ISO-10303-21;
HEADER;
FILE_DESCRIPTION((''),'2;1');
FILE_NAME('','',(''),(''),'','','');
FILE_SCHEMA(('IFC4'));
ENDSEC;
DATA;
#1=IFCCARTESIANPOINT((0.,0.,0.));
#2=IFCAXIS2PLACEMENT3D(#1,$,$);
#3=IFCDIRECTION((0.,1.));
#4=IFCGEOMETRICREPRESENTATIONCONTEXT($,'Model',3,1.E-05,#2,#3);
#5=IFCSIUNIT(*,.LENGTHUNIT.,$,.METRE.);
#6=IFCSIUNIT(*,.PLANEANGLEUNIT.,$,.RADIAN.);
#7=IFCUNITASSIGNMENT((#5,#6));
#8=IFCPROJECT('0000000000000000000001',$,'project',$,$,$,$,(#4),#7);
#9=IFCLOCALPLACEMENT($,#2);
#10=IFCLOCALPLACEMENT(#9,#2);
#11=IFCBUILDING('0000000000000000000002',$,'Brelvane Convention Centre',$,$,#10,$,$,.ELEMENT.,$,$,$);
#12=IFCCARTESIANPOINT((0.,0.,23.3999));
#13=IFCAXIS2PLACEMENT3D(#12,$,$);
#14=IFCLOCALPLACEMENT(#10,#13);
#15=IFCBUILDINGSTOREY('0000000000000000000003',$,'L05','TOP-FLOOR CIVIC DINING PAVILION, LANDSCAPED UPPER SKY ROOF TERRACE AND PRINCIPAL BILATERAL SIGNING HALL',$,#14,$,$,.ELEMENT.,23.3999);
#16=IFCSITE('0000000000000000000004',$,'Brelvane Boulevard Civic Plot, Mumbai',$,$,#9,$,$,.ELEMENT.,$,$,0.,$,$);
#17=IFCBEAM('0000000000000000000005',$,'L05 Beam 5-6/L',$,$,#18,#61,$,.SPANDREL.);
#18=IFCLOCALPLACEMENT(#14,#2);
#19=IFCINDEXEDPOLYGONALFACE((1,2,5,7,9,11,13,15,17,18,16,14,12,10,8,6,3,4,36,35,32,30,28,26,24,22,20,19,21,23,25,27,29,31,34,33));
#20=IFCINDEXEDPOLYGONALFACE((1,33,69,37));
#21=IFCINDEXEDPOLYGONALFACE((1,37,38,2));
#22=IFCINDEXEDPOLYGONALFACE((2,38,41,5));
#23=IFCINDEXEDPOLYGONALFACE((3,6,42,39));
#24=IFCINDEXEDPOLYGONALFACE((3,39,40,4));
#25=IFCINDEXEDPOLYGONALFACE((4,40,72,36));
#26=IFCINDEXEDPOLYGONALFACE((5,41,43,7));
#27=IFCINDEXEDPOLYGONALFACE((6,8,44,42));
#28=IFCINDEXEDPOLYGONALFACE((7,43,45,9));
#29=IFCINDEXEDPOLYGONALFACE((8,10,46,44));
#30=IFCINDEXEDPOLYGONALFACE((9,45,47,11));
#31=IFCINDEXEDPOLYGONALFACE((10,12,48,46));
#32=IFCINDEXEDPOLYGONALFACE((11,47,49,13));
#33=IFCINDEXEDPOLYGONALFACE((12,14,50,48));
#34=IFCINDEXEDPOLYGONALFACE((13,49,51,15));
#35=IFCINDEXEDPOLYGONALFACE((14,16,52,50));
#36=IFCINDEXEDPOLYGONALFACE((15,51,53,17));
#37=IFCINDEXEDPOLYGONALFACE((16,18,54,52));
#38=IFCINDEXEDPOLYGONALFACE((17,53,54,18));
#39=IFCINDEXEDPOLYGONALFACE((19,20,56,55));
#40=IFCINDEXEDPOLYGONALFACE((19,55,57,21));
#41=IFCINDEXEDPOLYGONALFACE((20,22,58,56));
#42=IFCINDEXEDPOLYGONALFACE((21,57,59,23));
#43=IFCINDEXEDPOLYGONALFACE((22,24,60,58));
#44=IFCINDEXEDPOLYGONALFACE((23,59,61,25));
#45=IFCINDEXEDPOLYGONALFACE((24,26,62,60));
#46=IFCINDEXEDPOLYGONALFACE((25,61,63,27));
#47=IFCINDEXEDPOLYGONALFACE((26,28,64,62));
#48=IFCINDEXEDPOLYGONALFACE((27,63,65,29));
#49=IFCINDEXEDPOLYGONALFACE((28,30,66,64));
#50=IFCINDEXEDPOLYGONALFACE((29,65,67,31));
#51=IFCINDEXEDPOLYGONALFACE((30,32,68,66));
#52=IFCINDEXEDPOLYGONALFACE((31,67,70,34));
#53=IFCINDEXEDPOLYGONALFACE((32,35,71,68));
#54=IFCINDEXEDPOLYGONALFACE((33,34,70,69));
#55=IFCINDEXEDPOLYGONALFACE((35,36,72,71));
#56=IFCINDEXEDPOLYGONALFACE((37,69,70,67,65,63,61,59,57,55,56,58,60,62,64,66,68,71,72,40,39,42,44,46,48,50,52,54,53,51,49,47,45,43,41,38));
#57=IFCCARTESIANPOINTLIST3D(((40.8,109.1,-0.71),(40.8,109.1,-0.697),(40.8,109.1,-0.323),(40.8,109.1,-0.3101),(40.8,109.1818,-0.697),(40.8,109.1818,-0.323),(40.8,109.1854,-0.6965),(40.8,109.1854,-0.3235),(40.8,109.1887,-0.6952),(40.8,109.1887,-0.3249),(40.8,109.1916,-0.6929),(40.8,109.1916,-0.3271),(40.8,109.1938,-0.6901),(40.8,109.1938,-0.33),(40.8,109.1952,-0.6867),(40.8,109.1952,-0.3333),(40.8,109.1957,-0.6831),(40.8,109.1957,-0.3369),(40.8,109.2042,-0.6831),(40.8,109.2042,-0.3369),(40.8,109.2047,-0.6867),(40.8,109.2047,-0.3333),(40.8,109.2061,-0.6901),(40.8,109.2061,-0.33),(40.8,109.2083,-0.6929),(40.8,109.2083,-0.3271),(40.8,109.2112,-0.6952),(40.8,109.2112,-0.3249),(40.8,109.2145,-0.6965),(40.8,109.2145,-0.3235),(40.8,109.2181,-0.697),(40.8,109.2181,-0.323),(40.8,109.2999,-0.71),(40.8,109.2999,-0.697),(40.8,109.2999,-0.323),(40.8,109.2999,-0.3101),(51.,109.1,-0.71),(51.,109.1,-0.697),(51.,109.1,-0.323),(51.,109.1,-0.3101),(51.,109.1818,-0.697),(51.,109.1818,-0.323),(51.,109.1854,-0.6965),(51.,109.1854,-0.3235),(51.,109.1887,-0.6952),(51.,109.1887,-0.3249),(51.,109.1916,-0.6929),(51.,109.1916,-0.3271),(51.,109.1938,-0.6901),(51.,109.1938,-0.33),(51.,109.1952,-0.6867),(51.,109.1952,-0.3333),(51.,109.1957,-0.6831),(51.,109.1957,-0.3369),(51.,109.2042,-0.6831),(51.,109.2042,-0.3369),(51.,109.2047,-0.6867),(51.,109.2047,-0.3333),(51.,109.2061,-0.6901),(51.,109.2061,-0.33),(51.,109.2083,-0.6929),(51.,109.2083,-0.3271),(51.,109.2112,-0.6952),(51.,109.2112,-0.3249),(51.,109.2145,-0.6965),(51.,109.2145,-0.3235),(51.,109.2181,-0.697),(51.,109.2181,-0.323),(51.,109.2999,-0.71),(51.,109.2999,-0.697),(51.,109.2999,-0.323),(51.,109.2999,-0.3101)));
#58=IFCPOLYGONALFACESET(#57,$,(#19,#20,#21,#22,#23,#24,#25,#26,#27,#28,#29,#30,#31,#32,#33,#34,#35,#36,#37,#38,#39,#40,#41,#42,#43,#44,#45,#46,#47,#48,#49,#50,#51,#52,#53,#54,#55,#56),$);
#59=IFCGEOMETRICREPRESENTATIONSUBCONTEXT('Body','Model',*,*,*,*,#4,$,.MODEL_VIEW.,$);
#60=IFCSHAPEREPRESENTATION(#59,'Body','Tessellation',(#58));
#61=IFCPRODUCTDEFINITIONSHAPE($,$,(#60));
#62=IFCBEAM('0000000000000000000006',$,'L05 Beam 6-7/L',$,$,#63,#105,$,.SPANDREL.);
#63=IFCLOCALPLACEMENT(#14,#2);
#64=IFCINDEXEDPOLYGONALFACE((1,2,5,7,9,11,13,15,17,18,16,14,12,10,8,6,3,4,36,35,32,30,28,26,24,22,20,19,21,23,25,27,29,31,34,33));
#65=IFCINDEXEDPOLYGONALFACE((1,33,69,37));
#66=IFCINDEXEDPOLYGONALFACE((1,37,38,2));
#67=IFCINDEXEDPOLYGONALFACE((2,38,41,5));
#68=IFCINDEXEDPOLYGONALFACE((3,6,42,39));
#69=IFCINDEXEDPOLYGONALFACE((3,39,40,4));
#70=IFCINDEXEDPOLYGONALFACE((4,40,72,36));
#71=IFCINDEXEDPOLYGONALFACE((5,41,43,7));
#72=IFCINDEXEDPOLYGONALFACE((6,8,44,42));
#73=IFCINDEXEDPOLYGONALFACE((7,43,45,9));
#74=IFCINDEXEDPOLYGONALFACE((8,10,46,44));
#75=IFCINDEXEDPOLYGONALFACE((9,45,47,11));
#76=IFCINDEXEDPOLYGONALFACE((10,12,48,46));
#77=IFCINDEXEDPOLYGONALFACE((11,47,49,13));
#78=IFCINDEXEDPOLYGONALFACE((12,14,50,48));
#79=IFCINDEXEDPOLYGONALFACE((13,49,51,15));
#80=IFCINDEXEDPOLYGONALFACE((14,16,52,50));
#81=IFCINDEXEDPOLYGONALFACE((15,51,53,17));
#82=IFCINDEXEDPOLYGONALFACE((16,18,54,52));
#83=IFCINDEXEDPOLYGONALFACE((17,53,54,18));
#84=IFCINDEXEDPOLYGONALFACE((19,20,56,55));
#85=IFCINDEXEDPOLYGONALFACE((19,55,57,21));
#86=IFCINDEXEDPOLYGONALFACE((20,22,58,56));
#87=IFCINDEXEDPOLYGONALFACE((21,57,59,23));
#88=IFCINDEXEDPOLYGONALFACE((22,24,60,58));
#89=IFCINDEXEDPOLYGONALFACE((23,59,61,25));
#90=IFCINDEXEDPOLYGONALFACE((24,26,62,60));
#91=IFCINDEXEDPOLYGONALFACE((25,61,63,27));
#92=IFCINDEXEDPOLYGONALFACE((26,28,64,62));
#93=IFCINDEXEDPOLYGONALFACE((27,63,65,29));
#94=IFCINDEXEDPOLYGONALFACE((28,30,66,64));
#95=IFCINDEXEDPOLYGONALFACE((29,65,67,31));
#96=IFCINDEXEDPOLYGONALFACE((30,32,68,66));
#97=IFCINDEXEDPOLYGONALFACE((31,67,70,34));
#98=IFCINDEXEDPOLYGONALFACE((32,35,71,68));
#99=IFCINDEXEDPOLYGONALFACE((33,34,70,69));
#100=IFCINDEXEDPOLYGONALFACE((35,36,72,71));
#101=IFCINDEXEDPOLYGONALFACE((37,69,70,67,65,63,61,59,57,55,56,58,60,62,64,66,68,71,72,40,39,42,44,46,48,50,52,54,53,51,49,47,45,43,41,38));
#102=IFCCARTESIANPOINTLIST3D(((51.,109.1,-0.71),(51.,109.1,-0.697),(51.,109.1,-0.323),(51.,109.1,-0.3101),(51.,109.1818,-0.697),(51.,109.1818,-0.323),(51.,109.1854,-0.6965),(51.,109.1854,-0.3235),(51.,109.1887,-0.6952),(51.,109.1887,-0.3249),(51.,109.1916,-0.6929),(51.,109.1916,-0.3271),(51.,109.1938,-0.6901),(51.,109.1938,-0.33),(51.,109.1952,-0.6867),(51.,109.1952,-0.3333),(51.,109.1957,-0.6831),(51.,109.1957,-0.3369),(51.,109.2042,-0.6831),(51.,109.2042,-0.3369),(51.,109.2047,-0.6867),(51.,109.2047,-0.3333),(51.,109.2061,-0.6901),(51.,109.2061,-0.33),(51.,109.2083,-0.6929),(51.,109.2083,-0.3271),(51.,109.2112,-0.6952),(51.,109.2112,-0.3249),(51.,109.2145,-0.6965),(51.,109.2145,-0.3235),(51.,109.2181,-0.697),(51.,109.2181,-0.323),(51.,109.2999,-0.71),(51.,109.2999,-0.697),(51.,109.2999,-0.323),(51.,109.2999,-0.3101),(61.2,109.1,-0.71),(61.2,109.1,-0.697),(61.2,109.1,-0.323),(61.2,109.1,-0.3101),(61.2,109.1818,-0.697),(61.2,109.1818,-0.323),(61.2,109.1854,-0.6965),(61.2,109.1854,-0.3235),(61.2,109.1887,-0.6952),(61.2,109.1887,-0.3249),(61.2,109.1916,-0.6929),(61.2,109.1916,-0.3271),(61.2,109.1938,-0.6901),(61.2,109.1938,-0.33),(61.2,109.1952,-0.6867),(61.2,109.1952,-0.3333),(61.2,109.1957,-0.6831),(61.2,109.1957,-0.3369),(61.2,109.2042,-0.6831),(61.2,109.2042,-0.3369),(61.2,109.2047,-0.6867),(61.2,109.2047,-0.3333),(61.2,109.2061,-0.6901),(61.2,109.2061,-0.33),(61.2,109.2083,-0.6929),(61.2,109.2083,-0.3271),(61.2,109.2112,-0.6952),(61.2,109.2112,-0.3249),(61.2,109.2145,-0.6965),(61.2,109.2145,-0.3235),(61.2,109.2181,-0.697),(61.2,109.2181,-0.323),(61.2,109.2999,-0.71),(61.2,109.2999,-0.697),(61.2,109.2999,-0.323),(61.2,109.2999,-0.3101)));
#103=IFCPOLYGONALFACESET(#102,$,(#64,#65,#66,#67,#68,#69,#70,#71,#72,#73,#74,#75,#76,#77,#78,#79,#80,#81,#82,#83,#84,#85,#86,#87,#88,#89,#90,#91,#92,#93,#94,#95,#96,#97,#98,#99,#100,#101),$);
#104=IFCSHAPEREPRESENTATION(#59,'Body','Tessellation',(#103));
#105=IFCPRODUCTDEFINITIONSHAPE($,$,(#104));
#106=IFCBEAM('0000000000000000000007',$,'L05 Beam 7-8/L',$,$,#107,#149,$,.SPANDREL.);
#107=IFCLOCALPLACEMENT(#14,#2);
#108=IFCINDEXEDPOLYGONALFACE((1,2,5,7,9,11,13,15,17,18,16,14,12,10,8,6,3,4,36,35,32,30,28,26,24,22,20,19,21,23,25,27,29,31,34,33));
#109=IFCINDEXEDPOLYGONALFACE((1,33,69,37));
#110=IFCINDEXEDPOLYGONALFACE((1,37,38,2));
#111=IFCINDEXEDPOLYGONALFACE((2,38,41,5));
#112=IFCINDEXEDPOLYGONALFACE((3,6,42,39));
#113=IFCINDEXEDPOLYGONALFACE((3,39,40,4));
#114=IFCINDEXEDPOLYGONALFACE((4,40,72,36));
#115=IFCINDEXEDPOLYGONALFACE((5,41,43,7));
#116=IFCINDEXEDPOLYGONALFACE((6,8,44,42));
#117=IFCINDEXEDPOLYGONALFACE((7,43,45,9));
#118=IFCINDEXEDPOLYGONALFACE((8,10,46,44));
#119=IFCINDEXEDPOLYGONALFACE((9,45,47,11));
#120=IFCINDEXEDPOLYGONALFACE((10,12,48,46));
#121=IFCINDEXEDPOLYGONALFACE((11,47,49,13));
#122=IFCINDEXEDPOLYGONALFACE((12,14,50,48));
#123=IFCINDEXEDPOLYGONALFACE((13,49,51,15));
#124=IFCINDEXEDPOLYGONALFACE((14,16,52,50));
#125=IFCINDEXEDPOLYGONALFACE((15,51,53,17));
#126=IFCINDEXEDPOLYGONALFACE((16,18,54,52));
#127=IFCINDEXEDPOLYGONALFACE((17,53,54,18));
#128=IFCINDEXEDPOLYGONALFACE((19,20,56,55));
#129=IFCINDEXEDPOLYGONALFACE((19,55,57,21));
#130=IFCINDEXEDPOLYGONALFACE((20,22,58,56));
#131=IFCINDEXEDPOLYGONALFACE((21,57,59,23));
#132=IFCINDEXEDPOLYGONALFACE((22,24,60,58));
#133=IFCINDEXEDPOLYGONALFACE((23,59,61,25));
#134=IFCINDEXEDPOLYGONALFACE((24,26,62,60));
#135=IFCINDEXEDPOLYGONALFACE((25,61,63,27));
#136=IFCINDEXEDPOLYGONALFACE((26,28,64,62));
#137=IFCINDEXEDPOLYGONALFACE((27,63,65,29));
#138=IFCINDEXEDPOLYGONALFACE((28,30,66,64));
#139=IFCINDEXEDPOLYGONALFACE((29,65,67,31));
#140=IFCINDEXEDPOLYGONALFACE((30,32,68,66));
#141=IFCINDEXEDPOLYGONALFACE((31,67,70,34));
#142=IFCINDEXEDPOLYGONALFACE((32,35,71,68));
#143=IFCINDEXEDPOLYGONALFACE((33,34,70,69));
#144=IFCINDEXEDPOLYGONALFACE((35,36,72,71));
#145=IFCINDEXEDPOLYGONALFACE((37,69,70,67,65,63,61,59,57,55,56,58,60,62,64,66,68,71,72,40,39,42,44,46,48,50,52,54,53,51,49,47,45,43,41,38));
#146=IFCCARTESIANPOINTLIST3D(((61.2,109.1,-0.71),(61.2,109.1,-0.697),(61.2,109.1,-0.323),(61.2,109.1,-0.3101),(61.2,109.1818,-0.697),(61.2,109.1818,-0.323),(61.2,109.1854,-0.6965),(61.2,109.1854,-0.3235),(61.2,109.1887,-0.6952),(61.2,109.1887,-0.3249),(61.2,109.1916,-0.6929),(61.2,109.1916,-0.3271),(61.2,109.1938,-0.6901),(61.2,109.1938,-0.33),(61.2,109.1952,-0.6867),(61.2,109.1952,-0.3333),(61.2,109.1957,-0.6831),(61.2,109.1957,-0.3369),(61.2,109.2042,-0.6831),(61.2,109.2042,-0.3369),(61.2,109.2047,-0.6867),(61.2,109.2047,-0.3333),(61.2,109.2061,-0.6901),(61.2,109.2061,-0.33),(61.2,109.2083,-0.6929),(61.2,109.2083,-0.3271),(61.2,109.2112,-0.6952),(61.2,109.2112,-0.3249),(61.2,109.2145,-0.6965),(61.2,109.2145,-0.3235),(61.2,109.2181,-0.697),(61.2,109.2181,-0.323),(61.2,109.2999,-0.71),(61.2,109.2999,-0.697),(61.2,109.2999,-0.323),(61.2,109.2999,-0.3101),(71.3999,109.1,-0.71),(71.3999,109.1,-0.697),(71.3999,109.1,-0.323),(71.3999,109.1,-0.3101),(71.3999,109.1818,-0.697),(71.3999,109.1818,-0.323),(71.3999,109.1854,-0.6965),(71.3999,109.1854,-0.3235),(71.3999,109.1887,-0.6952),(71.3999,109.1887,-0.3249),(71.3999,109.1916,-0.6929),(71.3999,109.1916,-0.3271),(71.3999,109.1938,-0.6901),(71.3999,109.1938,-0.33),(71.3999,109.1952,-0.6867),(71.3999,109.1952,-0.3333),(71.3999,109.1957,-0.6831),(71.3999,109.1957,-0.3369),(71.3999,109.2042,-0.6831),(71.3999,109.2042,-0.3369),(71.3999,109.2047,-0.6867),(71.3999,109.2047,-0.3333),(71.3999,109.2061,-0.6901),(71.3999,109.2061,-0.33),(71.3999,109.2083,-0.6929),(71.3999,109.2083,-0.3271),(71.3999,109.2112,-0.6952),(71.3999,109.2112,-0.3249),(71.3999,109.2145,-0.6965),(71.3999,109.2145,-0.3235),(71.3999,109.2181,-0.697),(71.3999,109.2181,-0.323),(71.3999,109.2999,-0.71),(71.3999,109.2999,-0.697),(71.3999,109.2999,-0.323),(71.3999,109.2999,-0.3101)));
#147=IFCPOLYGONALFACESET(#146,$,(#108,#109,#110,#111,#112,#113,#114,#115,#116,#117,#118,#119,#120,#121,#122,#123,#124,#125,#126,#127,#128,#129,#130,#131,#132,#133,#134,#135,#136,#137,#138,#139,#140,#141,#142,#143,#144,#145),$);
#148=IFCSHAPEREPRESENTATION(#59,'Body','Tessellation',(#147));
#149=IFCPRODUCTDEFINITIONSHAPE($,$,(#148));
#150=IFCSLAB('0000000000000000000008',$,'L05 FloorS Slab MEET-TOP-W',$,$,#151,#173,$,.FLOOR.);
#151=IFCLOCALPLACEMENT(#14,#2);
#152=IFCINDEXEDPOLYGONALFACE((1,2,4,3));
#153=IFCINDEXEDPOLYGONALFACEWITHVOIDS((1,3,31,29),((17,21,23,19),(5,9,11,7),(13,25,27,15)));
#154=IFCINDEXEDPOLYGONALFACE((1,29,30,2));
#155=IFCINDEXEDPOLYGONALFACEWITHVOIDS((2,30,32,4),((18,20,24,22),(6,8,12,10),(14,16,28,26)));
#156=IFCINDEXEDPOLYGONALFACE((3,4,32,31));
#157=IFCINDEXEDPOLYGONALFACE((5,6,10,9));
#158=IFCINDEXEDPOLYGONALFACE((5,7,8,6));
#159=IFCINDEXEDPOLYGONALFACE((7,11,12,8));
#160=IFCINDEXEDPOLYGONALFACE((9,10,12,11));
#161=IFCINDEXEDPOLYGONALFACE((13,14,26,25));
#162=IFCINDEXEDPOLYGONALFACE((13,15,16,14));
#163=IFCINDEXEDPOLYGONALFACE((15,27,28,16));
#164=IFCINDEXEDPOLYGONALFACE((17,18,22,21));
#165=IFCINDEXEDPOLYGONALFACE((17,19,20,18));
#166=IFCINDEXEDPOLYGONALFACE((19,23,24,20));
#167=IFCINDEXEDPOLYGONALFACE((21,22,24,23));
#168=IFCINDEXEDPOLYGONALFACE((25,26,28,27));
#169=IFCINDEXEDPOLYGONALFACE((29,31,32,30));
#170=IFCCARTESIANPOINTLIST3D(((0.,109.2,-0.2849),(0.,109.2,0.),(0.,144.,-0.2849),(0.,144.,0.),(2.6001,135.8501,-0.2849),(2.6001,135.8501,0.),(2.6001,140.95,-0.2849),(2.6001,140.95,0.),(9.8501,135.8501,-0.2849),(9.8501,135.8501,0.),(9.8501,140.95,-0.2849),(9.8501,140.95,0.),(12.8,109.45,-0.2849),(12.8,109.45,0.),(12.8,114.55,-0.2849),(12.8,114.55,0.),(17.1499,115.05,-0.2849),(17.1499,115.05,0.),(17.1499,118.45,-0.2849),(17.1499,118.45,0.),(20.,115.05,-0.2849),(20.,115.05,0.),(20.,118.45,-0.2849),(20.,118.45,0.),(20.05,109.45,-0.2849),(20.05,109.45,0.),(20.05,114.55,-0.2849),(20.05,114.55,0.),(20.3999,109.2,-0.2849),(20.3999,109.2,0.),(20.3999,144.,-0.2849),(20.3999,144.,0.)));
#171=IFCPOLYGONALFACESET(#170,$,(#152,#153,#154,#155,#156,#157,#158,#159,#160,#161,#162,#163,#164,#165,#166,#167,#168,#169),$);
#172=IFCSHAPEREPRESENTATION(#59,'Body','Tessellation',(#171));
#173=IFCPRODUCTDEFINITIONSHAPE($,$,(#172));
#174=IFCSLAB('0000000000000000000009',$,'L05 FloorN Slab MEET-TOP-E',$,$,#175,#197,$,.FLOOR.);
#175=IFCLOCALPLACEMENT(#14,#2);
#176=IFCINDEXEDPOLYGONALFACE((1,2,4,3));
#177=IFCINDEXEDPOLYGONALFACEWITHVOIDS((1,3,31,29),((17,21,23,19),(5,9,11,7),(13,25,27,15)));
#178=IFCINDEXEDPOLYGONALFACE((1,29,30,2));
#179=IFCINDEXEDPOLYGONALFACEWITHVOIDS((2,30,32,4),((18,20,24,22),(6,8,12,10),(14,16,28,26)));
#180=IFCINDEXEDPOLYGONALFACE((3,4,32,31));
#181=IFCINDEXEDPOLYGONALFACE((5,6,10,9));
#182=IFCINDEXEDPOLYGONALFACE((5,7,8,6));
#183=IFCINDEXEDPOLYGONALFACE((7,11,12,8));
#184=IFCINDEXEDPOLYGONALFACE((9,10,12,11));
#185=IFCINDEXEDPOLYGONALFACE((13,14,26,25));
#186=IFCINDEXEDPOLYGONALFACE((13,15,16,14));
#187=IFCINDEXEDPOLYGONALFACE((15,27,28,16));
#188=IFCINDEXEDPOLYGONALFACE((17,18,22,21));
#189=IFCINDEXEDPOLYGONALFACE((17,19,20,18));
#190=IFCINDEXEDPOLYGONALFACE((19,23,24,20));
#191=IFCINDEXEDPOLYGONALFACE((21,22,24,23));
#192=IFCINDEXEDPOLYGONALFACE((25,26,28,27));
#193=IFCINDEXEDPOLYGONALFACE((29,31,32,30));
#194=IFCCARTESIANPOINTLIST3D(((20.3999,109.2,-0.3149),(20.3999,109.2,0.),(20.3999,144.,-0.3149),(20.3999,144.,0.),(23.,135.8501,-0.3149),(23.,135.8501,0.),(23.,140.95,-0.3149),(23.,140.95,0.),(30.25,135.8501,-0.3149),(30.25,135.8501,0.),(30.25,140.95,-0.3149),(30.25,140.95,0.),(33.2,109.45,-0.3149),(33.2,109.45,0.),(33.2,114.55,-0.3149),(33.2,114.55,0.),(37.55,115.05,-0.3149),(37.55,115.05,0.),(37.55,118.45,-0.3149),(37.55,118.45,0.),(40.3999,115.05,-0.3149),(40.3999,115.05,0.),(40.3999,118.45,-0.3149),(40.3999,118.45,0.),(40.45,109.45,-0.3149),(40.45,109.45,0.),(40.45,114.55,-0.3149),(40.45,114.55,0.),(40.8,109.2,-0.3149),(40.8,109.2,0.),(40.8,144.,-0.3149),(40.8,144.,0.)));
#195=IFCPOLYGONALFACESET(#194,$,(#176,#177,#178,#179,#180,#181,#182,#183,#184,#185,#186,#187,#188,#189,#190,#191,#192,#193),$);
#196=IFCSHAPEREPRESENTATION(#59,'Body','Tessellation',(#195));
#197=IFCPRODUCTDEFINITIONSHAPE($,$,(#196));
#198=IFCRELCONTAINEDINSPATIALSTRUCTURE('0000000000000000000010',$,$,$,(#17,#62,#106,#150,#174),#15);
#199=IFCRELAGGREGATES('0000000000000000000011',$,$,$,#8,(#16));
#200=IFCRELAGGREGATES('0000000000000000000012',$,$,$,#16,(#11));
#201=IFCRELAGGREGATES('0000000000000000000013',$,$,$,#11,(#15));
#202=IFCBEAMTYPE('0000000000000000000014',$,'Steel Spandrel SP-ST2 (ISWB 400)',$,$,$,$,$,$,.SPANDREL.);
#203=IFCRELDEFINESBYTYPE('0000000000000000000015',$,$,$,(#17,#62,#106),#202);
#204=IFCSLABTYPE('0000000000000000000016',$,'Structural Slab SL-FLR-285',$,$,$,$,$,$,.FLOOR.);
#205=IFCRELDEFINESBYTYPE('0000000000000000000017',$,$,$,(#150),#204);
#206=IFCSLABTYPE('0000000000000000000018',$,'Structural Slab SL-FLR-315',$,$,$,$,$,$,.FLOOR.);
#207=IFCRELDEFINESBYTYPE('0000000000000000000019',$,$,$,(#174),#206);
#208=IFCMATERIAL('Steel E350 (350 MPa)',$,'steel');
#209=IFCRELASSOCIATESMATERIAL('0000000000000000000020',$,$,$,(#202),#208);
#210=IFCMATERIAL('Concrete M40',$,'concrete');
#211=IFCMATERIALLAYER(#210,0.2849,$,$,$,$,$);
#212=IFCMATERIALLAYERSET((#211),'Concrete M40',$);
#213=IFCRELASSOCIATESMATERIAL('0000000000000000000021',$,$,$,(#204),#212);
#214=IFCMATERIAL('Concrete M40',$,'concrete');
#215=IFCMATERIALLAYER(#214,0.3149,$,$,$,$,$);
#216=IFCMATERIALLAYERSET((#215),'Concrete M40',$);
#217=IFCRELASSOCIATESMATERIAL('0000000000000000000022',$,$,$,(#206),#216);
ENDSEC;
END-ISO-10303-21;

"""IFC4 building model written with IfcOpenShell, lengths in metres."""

from ifc_helpers import new_model, si_unit, direction, frame, origin, origin_2d, place, context, subcontext, project, spatial, polyline, i_section, outline, extrude, material, layer, layer_set, material_profile, profile_set, type_object, element, save


model = new_model("IFC4")

# Units and contexts
model_context = context("Model", 3, precision=1e-05, world=origin(), true_north=direction((0.0, 1.0)))
body_context = subcontext(model_context, "Body", "Model", "MODEL_VIEW")
ifc_project = project(units=[si_unit("LENGTHUNIT", "METRE"), si_unit("PLANEANGLEUNIT", "RADIAN")], contexts=[model_context])

# Site, building, storey
site_placement = place(None, origin())
site = spatial("IfcSite", under=ifc_project, at=site_placement, Name="Brelvane Boulevard Civic Plot, Mumbai", CompositionType="ELEMENT", RefElevation=0.0)
building_placement = place(site_placement, origin())
building = spatial("IfcBuilding", under=site, at=building_placement, Name="Brelvane Convention Centre", CompositionType="ELEMENT")
storey_placement = place(building_placement, frame((0.0, 0.0, 23.3999)))
storey = spatial("IfcBuildingStorey", under=building, at=storey_placement, Name="L05", Description="TOP-FLOOR CIVIC DINING PAVILION, LANDSCAPED UPPER SKY ROOF TERRACE AND PRINCIPAL BILATERAL SIGNING HALL", CompositionType="ELEMENT", Elevation=23.3999)

# Beams
ifc_material_1 = material(Name="Steel E350 (350 MPa)", Category="steel")
ifc_material_profile_1 = material_profile(ifc_material_1, i_section(OverallWidth=0.2, OverallDepth=0.3999, WebThickness=0.0085, FlangeThickness=0.0129, FilletRadius=0.0139, at=origin_2d()), Name="ISWB 400")
ifc_profile_set_1 = profile_set([ifc_material_profile_1], Name="Steel E350 (350 MPa)")
beam_type_1 = type_object("IfcBeamType", Name="Steel Spandrel SP-ST2 (ISWB 400)", PredefinedType="SPANDREL", material=ifc_profile_set_1)
for number, where, z_axis, x_axis, name in (
    (1, (40.8, 109.2, -0.51), (1.0, 0.0, 0.0), (0.0, 1.0, 0.0), "L05 Beam 5-6/L"),
    (2, (51.0, 109.2, -0.51), (1.0, 0.0, 0.0), (0.0, 1.0, 0.0), "L05 Beam 6-7/L"),
    (3, (61.2, 109.2, -0.51), (1.0, 0.0, 0.0), (0.0, 1.0, 0.0), "L05 Beam 7-8/L"),
):
    element("IfcBeam", number, at=place(storey_placement, frame(where, z_axis=z_axis, x_axis=x_axis)), inside=storey, type_object=beam_type_1, Name=name, PredefinedType="SPANDREL", context=body_context, shape_type="SweptSolid", body=[
        extrude(i_section(OverallWidth=0.2, OverallDepth=0.3999, WebThickness=0.0085, FlangeThickness=0.0129, FilletRadius=0.0139, at=origin_2d()), origin(), (0.0, 0.0, 1.0), 10.2),
    ])

# Slabs
ifc_material_2 = material(Name="Concrete M40", Category="concrete")
ifc_layer_1 = layer(ifc_material_2, 0.2849)
ifc_layer_set_1 = layer_set([ifc_layer_1], Name="Concrete M40")
slab_type_1 = type_object("IfcSlabType", Name="Structural Slab SL-FLR-285", PredefinedType="FLOOR", material=ifc_layer_set_1)
slab_1_placement = place(storey_placement, frame((0.0, 0.0, -0.2849)))
element("IfcSlab", 4, at=slab_1_placement, inside=storey, type_object=slab_type_1, Name="L05 FloorS Slab MEET-TOP-W", PredefinedType="FLOOR", context=body_context, shape_type="SweptSolid", body=[
    extrude(outline(polyline([(0.0, 109.2), (20.3999, 109.2), (20.3999, 144.0), (0.0, 144.0), (0.0, 109.2)]), holes=[polyline([(12.8, 109.45), (20.05, 109.45), (20.05, 114.55), (12.8, 114.55), (12.8, 109.45)]), polyline([(17.1499, 115.05), (20.0, 115.05), (20.0, 118.45), (17.1499, 118.45), (17.1499, 115.05)]), polyline([(2.6001, 135.8501), (9.8501, 135.8501), (9.8501, 140.95), (2.6001, 140.95), (2.6001, 135.8501)])]), origin(), (0.0, 0.0, 1.0), 0.2849),
])
ifc_material_3 = material(Name="Concrete M40", Category="concrete")
ifc_layer_2 = layer(ifc_material_3, 0.3149)
ifc_layer_set_2 = layer_set([ifc_layer_2], Name="Concrete M40")
slab_type_2 = type_object("IfcSlabType", Name="Structural Slab SL-FLR-315", PredefinedType="FLOOR", material=ifc_layer_set_2)
slab_2_placement = place(storey_placement, frame((0.0, 0.0, -0.3149)))
element("IfcSlab", 5, at=slab_2_placement, inside=storey, type_object=slab_type_2, Name="L05 FloorN Slab MEET-TOP-E", PredefinedType="FLOOR", context=body_context, shape_type="SweptSolid", body=[
    extrude(outline(polyline([(20.3999, 109.2), (40.8, 109.2), (40.8, 144.0), (20.3999, 144.0), (20.3999, 109.2)]), holes=[polyline([(33.2, 109.45), (40.45, 109.45), (40.45, 114.55), (33.2, 114.55), (33.2, 109.45)]), polyline([(37.55, 115.05), (40.3999, 115.05), (40.3999, 118.45), (37.55, 118.45), (37.55, 115.05)]), polyline([(23.0, 135.8501), (30.25, 135.8501), (30.25, 140.95), (23.0, 140.95), (23.0, 135.8501)])]), origin(), (0.0, 0.0, 1.0), 0.3149),
])

save(model, "model.ifc")
